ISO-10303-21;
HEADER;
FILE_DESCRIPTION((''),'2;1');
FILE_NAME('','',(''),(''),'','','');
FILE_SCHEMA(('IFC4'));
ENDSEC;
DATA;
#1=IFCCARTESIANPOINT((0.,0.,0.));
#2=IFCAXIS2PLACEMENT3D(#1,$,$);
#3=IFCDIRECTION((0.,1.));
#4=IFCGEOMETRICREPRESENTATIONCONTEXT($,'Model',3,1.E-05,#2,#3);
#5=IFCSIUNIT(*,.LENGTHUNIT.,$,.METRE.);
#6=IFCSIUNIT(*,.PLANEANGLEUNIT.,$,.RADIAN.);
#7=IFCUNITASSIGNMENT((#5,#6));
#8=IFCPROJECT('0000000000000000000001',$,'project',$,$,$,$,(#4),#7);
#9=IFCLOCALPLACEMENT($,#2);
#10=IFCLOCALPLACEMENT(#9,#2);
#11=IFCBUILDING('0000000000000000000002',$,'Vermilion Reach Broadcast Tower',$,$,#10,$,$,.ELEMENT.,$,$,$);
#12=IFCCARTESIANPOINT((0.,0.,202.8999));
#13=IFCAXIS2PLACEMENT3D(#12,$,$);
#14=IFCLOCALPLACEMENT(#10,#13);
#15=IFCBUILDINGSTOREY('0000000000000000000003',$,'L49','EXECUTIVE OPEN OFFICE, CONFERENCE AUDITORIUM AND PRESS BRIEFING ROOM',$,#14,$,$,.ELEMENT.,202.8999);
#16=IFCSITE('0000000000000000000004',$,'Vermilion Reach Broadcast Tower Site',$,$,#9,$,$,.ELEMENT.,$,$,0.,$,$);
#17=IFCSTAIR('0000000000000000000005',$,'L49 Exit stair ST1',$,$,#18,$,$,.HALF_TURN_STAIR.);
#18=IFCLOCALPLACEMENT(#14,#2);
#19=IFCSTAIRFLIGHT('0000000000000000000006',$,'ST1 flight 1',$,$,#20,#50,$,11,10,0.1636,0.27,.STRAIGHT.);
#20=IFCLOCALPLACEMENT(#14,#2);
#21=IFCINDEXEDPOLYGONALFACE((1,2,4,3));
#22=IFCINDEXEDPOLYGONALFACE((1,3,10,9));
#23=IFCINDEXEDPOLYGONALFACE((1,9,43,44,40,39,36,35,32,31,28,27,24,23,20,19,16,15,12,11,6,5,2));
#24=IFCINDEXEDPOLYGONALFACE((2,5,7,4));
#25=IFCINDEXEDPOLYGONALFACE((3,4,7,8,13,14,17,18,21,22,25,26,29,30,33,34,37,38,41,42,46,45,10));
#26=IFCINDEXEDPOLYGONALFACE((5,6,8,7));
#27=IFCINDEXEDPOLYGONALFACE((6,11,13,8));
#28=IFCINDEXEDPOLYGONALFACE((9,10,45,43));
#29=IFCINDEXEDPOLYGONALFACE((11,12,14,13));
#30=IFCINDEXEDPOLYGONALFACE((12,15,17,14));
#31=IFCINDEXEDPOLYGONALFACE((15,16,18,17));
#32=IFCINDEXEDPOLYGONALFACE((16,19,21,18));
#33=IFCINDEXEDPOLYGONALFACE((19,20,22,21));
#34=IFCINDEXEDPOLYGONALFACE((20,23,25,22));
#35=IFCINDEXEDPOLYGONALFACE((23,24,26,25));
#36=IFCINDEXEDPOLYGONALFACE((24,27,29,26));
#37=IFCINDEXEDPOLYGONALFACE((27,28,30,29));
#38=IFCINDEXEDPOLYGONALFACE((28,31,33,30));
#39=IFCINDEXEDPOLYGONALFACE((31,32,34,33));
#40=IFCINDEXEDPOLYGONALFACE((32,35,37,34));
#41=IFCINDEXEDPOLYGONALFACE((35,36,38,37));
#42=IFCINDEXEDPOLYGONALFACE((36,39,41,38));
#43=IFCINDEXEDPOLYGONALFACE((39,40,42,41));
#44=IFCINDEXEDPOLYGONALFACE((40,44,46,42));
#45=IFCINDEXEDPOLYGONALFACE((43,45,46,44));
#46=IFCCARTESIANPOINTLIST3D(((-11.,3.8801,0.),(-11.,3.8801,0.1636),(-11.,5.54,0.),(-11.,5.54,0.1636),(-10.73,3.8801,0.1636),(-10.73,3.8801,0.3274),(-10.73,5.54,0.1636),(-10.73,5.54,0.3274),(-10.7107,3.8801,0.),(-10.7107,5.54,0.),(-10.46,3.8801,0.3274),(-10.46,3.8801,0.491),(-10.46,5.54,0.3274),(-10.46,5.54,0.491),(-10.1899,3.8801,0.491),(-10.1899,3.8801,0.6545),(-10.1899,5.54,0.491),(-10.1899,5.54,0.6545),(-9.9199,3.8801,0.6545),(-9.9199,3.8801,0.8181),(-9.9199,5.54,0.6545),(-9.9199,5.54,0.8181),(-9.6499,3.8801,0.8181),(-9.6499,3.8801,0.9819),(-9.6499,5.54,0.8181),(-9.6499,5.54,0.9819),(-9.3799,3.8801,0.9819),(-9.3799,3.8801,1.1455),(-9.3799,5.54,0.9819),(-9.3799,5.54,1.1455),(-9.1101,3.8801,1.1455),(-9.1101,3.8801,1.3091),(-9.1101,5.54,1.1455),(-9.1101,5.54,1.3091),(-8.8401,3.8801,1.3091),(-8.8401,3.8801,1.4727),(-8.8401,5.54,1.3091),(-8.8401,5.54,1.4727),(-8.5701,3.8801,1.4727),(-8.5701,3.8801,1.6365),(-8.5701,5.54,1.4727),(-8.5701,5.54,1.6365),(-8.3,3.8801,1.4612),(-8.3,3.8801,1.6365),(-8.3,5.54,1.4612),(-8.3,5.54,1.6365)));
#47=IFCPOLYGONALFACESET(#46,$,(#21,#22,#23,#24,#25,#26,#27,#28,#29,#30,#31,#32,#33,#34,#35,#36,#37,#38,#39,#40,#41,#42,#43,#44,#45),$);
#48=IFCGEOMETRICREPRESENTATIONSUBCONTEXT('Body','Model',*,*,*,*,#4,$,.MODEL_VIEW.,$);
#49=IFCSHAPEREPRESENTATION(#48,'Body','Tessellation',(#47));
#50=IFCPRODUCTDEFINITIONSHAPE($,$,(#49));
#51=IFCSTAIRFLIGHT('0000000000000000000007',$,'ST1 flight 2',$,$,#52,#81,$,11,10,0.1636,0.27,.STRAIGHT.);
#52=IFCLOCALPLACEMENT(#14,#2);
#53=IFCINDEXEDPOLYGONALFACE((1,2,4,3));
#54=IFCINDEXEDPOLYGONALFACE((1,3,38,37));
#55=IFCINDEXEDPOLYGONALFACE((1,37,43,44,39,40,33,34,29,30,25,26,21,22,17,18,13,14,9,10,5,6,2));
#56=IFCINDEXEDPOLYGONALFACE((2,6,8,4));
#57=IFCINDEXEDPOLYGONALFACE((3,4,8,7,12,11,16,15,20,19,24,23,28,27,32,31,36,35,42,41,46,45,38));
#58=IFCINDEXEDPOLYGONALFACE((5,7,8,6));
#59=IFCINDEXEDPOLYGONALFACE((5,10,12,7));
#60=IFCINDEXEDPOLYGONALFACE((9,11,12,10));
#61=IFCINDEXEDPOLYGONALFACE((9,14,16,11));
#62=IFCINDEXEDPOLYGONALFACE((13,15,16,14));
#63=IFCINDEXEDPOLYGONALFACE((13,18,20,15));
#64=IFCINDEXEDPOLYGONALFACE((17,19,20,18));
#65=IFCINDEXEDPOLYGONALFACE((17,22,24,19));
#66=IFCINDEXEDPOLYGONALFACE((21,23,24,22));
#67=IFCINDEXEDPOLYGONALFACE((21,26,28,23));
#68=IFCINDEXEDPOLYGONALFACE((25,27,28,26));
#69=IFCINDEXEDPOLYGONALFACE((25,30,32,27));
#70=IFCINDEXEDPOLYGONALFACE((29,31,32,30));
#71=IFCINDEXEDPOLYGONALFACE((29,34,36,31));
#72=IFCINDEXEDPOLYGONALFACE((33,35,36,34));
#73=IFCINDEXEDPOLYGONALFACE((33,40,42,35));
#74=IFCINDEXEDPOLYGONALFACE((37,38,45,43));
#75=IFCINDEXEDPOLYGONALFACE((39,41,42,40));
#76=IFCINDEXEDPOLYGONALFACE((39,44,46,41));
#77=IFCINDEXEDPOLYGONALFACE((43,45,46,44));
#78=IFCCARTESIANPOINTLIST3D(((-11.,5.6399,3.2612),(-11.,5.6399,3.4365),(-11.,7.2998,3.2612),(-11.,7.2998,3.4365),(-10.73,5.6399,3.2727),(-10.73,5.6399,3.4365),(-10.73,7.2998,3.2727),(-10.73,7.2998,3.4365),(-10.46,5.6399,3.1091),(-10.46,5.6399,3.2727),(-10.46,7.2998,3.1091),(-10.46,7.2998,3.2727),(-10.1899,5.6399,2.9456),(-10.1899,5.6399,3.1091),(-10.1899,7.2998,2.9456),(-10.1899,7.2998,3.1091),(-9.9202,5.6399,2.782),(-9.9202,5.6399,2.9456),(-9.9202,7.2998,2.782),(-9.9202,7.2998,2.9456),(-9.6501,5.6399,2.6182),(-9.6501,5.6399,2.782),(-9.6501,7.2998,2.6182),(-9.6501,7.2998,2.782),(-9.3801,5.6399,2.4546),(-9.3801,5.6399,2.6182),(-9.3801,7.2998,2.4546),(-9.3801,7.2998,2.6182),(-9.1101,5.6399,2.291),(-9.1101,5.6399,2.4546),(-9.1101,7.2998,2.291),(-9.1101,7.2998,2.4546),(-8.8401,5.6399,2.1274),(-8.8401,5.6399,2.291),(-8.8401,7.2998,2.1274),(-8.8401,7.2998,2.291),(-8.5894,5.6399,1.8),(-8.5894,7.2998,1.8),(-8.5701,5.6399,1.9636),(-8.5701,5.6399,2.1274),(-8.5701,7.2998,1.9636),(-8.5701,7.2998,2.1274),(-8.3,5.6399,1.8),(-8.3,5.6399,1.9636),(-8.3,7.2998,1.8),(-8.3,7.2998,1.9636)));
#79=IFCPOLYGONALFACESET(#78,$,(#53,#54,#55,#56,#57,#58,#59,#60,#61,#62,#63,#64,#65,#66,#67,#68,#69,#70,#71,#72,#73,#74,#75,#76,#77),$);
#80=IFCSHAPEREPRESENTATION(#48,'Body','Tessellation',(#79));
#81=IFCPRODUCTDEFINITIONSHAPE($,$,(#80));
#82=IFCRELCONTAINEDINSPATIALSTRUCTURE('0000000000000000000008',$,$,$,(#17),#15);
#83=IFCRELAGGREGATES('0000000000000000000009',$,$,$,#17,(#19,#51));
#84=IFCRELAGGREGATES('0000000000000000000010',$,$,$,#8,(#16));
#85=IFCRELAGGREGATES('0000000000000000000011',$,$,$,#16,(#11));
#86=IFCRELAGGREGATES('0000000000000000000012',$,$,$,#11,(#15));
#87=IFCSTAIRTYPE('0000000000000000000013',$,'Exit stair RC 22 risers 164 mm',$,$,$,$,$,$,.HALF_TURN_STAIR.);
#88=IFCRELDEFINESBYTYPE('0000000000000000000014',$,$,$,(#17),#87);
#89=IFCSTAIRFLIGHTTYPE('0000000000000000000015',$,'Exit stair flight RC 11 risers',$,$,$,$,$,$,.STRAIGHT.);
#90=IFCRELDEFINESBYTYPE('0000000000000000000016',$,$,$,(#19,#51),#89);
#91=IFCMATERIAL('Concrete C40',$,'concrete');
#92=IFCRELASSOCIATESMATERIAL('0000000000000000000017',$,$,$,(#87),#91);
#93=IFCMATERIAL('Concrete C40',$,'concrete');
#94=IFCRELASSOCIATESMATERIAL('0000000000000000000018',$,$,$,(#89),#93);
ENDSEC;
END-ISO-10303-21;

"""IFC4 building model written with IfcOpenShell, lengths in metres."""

from ifc_helpers import new_model, si_unit, direction, frame, origin, place, context, subcontext, project, spatial, polyline, outline, extrude, material, type_object, element, aggregate, save


model = new_model("IFC4")

# Units and contexts
model_context = context("Model", 3, precision=1e-05, world=origin(), true_north=direction((0.0, 1.0)))
body_context = subcontext(model_context, "Body", "Model", "MODEL_VIEW")
ifc_project = project(units=[si_unit("LENGTHUNIT", "METRE"), si_unit("PLANEANGLEUNIT", "RADIAN")], contexts=[model_context])

# Site, building, storey
site_placement = place(None, origin())
site = spatial("IfcSite", under=ifc_project, at=site_placement, Name="Vermilion Reach Broadcast Tower Site", CompositionType="ELEMENT", RefElevation=0.0)
building_placement = place(site_placement, origin())
building = spatial("IfcBuilding", under=site, at=building_placement, Name="Vermilion Reach Broadcast Tower", CompositionType="ELEMENT")
storey_placement = place(building_placement, frame((0.0, 0.0, 202.8999)))
storey = spatial("IfcBuildingStorey", under=building, at=storey_placement, Name="L49", Description="EXECUTIVE OPEN OFFICE, CONFERENCE AUDITORIUM AND PRESS BRIEFING ROOM", CompositionType="ELEMENT", Elevation=202.8999)

# Stair, stair flights
ifc_material_1 = material(Name="Concrete C40", Category="concrete")
stair_type = type_object("IfcStairType", Name="Exit stair RC 22 risers 164 mm", PredefinedType="HALF_TURN_STAIR", material=ifc_material_1)
stair_placement = place(storey_placement, origin())
stair = element("IfcStair", 1, at=stair_placement, inside=storey, type_object=stair_type, Name="L49 Exit stair ST1", PredefinedType="HALF_TURN_STAIR")
ifc_material_2 = material(Name="Concrete C40", Category="concrete")
stair_flight_type = type_object("IfcStairFlightType", Name="Exit stair flight RC 11 risers", PredefinedType="STRAIGHT", material=ifc_material_2)
stair_flight_1_placement = place(storey_placement, frame((-11.0, 4.71, 0.0), z_axis=(0.0, 0.0, 1.0), x_axis=(1.0, 0.0, 0.0)))
stair_flight_1 = element("IfcStairFlight", 2, at=stair_flight_1_placement, type_object=stair_flight_type, Name="ST1 flight 1", NumberOfRisers=11, NumberOfTreads=10, PredefinedType="STRAIGHT", RiserHeight=0.1636, TreadLength=0.27, context=body_context, shape_type="SweptSolid", body=[
    extrude(outline(polyline([(0.0, 0.0), (0.0, 0.1636), (0.27, 0.1636), (0.27, 0.3274), (0.54, 0.3274), (0.54, 0.491), (0.8101, 0.491), (0.8101, 0.6545), (1.0801, 0.6545), (1.0801, 0.8181), (1.3501, 0.8181), (1.3501, 0.9819), (1.6201, 0.9819), (1.6201, 1.1455), (1.8899, 1.1455), (1.8899, 1.3091), (2.1599, 1.3091), (2.1599, 1.4727), (2.4299, 1.4727), (2.4299, 1.6365), (2.7, 1.6365), (2.7, 1.8), (2.7, 1.4612), (0.2893, 0.0), (0.0, 0.0)])), frame((0.0, 0.8301, 0.0), z_axis=(0.0, -1.0, 0.0), x_axis=(1.0, 0.0, 0.0)), (0.0, 0.0, 1.0), 1.6599),
])
stair_flight_2_placement = place(storey_placement, frame((-8.3, 6.47, 1.8), z_axis=(0.0, 0.0, 1.0), x_axis=(-1.0, 0.0, 0.0)))
stair_flight_2 = element("IfcStairFlight", 3, at=stair_flight_2_placement, type_object=stair_flight_type, Name="ST1 flight 2", NumberOfRisers=11, NumberOfTreads=10, PredefinedType="STRAIGHT", RiserHeight=0.1636, TreadLength=0.27, context=body_context, shape_type="SweptSolid", body=[
    extrude(outline(polyline([(0.0, 0.0), (0.0, 0.1636), (0.27, 0.1636), (0.27, 0.3274), (0.54, 0.3274), (0.54, 0.491), (0.8101, 0.491), (0.8101, 0.6545), (1.0801, 0.6545), (1.0801, 0.8181), (1.3501, 0.8181), (1.3501, 0.9819), (1.6201, 0.9819), (1.6201, 1.1455), (1.8899, 1.1455), (1.8899, 1.3091), (2.1599, 1.3091), (2.1599, 1.4727), (2.4299, 1.4727), (2.4299, 1.6365), (2.7, 1.6365), (2.7, 1.8), (2.7, 1.4612), (0.2893, 0.0), (0.0, 0.0)])), frame((0.0, 0.8301, 0.0), z_axis=(0.0, -1.0, 0.0), x_axis=(1.0, 0.0, 0.0)), (0.0, 0.0, 1.0), 1.6599),
])
aggregate(stair, [stair_flight_1, stair_flight_2])

save(model, "model.ifc")
